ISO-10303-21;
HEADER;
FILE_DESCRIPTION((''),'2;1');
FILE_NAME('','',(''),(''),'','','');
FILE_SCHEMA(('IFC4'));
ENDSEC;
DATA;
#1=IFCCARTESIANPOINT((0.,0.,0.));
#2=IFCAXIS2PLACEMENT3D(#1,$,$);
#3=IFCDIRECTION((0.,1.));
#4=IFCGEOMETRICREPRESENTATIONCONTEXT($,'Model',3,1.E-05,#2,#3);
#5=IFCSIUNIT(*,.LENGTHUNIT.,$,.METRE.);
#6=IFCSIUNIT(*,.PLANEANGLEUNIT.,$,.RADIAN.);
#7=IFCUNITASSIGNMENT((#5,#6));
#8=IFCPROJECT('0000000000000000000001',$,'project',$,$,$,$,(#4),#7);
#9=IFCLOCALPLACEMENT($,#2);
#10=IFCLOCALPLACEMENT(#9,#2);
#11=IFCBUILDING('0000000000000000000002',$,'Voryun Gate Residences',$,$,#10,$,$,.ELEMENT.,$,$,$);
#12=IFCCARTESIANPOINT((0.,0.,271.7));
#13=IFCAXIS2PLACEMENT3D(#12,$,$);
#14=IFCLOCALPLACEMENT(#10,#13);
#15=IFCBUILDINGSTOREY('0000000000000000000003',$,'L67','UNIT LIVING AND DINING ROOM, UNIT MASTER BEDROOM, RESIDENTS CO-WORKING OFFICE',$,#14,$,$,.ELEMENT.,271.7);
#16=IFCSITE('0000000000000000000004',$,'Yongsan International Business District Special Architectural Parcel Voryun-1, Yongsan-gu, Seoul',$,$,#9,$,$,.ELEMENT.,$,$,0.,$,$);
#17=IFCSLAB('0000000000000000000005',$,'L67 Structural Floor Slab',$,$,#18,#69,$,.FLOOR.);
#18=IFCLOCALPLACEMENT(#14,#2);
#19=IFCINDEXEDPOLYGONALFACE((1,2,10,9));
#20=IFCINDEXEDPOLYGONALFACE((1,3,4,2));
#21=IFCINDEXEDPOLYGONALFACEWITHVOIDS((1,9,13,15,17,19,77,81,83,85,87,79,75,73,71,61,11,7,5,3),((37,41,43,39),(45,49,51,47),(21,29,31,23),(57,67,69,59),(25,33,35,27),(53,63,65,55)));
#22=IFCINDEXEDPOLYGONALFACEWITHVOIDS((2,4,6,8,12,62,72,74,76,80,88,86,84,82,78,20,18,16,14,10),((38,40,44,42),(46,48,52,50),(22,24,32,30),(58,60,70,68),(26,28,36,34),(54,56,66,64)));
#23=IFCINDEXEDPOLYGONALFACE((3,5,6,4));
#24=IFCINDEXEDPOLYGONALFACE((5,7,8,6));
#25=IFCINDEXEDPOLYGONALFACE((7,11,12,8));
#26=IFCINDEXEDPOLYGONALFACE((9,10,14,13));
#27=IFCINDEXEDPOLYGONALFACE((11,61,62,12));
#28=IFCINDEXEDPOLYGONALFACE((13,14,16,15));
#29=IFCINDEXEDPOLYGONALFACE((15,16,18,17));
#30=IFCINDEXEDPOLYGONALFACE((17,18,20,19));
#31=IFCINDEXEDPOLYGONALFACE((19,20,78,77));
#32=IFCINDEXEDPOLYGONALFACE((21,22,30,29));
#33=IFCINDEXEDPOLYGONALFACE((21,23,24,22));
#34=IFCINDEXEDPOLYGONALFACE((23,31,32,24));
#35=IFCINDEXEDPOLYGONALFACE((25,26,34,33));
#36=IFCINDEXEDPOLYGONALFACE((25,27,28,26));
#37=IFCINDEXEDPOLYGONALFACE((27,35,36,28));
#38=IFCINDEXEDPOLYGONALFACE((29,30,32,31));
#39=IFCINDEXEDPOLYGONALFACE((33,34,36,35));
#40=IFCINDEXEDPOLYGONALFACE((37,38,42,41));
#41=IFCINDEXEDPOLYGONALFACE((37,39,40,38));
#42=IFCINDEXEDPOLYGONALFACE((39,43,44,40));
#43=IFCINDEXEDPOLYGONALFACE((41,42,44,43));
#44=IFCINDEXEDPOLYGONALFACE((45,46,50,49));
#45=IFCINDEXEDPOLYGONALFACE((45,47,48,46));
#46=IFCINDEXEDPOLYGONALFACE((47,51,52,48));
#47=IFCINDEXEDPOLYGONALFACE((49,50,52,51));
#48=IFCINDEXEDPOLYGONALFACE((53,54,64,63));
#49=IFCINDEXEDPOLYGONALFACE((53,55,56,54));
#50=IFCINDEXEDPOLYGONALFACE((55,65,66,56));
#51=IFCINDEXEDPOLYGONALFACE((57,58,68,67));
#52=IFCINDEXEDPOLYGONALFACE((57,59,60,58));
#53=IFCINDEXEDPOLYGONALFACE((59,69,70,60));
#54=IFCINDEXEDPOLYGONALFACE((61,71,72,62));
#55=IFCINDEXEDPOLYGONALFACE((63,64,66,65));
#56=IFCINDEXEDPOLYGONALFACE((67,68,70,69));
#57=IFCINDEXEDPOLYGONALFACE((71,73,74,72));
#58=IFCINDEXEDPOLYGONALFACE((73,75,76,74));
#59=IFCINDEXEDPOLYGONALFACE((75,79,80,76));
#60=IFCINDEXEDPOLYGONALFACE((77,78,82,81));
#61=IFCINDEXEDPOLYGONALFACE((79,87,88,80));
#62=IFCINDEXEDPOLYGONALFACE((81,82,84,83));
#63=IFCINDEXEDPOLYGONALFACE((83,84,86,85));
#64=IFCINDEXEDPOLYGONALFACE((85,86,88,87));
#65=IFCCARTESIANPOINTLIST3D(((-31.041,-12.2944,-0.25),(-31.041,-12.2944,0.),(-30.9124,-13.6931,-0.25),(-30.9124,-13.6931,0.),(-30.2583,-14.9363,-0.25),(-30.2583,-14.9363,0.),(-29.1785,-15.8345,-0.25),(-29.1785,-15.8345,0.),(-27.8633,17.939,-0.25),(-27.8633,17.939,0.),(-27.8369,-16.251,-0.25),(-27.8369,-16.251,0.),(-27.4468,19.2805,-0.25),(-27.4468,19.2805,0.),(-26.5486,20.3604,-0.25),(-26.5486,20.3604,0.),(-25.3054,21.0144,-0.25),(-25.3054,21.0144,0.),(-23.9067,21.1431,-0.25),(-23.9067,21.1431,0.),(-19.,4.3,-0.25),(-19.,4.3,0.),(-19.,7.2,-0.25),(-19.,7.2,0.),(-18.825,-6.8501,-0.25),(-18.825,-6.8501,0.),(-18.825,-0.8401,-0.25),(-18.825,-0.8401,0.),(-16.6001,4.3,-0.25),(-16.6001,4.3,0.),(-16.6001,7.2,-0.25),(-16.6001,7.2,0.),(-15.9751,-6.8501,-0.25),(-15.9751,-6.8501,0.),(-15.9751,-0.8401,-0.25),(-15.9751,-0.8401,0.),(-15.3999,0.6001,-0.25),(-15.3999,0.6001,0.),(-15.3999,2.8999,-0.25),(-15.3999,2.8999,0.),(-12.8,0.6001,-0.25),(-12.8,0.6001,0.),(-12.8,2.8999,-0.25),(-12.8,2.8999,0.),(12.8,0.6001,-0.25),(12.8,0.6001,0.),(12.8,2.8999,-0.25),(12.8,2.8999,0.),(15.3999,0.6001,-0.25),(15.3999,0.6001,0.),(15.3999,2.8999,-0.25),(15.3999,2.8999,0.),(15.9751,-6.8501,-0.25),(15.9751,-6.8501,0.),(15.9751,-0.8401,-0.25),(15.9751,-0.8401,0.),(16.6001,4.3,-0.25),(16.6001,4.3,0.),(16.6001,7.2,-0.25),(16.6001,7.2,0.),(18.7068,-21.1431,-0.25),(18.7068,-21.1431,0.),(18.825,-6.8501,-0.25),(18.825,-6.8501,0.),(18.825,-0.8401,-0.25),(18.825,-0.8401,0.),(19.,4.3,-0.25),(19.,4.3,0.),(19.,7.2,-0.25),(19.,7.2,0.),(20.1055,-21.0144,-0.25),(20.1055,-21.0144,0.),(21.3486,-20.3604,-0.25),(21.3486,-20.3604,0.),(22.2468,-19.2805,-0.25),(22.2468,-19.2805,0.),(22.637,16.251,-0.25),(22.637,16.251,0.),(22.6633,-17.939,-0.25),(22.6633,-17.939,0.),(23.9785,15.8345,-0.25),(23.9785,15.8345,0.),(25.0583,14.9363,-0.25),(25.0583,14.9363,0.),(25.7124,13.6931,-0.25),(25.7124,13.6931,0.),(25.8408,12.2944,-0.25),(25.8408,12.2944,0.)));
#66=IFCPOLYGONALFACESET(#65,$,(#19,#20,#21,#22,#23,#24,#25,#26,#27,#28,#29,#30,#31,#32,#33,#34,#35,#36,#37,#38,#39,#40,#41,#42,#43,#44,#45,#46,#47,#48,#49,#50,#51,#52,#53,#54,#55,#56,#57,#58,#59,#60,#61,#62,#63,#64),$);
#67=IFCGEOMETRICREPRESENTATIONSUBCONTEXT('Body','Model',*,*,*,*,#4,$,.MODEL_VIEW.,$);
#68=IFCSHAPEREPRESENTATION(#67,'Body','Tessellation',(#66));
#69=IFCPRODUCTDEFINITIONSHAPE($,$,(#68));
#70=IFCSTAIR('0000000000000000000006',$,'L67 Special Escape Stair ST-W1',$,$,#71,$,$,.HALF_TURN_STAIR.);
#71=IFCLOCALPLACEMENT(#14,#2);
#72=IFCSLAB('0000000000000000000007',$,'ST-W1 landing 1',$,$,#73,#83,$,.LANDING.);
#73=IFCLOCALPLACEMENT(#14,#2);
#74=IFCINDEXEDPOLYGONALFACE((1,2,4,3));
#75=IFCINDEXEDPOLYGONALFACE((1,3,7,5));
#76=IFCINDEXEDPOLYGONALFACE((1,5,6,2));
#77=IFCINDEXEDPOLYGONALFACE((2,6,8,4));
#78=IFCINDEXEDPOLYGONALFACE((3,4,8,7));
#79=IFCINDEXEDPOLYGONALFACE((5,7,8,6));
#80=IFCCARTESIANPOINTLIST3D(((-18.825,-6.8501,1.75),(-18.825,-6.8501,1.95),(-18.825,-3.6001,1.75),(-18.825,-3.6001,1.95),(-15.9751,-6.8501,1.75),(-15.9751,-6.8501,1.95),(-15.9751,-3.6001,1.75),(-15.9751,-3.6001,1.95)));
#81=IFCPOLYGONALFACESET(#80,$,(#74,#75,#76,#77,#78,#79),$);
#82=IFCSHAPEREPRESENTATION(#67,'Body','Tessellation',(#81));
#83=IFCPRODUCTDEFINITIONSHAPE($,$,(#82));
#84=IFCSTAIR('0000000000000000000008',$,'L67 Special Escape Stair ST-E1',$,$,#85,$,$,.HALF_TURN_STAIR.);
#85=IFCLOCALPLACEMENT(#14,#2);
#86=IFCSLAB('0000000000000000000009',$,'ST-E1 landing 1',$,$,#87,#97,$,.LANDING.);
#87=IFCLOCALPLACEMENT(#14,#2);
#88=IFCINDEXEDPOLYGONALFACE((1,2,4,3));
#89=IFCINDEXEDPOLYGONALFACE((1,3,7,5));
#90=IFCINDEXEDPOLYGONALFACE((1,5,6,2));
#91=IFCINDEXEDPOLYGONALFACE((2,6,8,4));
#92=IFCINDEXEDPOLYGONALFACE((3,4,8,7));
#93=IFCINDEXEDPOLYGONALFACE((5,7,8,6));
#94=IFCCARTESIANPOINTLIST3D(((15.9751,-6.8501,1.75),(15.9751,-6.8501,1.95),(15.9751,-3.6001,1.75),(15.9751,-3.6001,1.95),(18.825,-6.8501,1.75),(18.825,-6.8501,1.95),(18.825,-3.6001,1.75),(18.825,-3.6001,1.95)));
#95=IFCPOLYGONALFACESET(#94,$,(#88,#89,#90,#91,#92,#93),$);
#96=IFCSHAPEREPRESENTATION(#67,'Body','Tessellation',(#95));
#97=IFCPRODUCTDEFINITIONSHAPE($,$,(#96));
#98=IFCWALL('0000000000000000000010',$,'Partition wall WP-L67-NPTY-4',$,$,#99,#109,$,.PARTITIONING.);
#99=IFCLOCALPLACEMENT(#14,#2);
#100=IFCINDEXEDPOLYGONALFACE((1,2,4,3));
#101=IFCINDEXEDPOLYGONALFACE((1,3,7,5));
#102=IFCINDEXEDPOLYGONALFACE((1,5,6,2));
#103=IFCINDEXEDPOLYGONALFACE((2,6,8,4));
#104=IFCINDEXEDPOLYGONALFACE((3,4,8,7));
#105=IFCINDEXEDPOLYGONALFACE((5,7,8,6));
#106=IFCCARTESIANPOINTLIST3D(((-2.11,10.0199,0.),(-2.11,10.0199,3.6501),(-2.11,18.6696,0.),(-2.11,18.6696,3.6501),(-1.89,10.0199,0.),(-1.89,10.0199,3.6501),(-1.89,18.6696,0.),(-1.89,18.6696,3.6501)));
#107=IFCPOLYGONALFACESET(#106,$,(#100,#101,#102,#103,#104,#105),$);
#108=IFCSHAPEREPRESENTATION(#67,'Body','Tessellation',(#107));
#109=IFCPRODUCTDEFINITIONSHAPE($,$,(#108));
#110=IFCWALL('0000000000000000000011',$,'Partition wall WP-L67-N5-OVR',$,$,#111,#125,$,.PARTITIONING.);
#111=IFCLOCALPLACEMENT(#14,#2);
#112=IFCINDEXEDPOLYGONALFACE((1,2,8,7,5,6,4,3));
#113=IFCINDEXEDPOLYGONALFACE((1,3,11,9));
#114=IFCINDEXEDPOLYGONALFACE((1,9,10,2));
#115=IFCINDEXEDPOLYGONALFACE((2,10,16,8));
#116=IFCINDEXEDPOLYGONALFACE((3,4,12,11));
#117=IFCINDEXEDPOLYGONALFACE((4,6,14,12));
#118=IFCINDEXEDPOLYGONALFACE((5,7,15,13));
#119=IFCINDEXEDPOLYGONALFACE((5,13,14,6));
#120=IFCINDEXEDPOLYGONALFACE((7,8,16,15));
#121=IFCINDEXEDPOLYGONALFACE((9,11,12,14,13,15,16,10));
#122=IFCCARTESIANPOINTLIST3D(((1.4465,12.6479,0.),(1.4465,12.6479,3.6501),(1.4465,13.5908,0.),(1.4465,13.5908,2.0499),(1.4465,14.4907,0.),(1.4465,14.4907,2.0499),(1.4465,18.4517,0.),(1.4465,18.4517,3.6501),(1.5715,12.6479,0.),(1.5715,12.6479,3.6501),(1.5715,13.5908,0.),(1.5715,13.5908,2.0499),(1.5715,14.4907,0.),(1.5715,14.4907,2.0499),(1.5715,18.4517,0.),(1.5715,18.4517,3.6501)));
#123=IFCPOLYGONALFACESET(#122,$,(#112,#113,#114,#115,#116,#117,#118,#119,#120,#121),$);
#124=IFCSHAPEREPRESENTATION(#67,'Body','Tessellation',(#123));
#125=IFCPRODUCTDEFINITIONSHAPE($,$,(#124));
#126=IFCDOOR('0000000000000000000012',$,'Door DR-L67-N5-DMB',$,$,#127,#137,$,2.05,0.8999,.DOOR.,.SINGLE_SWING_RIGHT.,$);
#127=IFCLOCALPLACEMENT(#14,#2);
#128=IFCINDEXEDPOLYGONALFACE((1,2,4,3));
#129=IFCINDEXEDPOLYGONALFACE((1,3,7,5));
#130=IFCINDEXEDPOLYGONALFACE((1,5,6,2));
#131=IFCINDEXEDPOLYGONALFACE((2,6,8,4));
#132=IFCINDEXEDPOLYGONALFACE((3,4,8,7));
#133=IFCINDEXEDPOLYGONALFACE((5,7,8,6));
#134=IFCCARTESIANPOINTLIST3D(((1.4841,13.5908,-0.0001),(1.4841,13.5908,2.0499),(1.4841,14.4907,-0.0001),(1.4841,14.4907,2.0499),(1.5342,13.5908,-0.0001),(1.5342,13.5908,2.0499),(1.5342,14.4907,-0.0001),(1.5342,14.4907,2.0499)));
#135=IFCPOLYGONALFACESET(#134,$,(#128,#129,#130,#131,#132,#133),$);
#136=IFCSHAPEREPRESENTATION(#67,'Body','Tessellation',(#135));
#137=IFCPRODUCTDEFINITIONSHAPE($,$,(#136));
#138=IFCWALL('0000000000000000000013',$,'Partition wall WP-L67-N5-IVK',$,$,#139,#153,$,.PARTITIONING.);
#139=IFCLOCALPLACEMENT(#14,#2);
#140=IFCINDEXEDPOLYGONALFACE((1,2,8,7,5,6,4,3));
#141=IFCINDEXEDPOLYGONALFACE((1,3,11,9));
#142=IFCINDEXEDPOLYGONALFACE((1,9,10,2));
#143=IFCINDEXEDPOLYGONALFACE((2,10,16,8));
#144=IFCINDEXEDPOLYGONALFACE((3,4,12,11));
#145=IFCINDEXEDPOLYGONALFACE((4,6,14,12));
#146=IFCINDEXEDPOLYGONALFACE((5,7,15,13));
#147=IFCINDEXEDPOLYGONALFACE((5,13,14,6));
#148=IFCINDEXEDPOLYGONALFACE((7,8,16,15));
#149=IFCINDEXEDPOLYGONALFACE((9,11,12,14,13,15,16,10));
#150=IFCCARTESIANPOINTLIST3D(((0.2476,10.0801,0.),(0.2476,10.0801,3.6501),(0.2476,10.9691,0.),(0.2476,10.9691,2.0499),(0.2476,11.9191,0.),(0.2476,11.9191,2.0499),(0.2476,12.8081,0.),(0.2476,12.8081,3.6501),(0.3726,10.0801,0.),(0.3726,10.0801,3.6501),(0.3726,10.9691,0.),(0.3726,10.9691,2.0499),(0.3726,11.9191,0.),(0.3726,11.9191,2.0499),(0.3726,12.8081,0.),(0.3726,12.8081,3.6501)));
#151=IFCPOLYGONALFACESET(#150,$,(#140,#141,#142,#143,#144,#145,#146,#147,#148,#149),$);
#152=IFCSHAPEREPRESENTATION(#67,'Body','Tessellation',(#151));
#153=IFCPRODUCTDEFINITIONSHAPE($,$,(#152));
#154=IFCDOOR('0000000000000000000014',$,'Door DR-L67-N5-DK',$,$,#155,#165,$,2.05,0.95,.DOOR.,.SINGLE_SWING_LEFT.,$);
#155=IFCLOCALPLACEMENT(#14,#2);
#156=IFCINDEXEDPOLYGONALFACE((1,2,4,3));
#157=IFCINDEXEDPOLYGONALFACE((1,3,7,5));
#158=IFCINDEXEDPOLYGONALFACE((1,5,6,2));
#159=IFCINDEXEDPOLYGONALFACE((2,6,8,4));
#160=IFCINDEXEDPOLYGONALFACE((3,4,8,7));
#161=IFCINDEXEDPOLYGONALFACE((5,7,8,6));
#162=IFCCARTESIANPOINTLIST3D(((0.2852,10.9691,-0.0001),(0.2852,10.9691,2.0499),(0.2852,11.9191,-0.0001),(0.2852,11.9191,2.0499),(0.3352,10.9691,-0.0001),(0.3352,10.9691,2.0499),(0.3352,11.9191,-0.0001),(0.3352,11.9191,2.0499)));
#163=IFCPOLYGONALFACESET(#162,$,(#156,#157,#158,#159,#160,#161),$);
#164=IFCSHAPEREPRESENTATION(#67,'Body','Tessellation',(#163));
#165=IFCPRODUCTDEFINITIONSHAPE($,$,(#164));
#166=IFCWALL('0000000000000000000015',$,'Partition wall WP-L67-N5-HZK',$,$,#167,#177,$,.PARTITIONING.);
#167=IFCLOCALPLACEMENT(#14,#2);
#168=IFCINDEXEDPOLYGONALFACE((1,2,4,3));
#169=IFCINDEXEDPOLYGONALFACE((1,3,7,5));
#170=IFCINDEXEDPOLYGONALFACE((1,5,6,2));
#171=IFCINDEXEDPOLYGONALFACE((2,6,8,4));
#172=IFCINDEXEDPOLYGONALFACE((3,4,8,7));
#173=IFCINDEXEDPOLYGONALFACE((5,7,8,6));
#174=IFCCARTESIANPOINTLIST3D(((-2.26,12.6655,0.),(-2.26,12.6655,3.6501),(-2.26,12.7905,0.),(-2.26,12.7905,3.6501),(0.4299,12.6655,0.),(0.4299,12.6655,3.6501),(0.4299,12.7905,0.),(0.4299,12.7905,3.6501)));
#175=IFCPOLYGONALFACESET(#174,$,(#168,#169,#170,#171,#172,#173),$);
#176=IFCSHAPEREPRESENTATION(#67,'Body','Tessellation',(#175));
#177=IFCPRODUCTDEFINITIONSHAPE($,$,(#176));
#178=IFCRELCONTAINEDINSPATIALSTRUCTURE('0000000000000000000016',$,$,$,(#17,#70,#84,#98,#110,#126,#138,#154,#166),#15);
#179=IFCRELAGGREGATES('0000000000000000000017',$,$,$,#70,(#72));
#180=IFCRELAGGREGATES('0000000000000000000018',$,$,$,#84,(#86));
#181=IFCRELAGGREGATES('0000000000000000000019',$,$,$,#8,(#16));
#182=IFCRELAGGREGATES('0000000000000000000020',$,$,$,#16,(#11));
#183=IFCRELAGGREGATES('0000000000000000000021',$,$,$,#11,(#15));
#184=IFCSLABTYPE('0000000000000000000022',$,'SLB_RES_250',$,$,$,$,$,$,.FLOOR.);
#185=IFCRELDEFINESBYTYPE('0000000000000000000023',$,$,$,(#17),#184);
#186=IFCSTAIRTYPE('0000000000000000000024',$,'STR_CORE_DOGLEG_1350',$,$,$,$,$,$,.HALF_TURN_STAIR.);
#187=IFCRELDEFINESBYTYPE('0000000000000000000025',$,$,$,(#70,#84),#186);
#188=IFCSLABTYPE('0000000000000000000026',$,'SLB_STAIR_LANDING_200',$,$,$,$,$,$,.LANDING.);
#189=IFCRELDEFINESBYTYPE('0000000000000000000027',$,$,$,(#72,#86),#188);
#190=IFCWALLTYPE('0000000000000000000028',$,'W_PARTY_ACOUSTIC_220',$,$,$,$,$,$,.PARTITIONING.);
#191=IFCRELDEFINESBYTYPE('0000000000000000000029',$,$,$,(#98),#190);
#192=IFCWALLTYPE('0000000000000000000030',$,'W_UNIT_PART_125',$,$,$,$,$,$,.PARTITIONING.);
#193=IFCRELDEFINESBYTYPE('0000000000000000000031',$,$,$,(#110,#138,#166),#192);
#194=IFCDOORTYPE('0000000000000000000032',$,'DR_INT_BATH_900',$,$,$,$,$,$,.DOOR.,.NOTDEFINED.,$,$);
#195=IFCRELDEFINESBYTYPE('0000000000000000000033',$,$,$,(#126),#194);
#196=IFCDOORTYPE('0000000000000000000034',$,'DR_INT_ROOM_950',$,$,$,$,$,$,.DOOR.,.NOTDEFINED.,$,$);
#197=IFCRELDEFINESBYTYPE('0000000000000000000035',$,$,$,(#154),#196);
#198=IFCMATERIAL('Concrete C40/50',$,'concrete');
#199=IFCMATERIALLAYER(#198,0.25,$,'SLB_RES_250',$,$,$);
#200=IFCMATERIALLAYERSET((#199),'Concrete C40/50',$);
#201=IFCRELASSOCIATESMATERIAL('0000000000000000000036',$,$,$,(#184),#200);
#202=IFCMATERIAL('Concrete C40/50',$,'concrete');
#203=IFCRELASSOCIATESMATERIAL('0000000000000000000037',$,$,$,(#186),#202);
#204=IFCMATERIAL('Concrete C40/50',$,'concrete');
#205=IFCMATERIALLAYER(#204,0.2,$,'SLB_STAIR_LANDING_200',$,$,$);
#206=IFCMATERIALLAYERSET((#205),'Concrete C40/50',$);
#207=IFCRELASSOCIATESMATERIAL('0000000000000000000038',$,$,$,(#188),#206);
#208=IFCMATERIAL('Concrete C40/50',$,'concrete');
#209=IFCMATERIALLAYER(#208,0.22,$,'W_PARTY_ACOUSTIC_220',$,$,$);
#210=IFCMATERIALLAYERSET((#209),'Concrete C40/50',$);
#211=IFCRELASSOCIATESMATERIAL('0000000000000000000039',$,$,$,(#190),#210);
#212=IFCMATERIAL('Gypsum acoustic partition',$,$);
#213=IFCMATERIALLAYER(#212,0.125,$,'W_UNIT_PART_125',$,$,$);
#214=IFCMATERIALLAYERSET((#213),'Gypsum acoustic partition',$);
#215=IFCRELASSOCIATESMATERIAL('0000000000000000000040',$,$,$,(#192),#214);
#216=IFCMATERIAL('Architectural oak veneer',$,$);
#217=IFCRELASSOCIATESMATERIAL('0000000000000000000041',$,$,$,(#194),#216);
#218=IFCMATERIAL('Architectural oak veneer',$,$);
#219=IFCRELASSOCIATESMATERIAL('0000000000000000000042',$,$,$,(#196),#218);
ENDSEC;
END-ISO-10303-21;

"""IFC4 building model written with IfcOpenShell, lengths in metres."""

from ifc_helpers import new_model, si_unit, direction, frame, frame_2d, origin, place, context, subcontext, project, spatial, polyline, rectangle, outline, extrude, material, layer, layer_set, type_object, element, fill, aggregate, save


model = new_model("IFC4")

# Units and contexts
model_context = context("Model", 3, precision=1e-05, world=origin(), true_north=direction((0.0, 1.0)))
body_context = subcontext(model_context, "Body", "Model", "MODEL_VIEW")
ifc_project = project(units=[si_unit("LENGTHUNIT", "METRE"), si_unit("PLANEANGLEUNIT", "RADIAN")], contexts=[model_context])

# Site, building, storey
site_placement = place(None, origin())
site = spatial("IfcSite", under=ifc_project, at=site_placement, Name="Yongsan International Business District Special Architectural Parcel Voryun-1, Yongsan-gu, Seoul", CompositionType="ELEMENT", RefElevation=0.0)
building_placement = place(site_placement, origin())
building = spatial("IfcBuilding", under=site, at=building_placement, Name="Voryun Gate Residences", CompositionType="ELEMENT")
storey_placement = place(building_placement, frame((0.0, 0.0, 271.7)))
storey = spatial("IfcBuildingStorey", under=building, at=storey_placement, Name="L67", Description="UNIT LIVING AND DINING ROOM, UNIT MASTER BEDROOM, RESIDENTS CO-WORKING OFFICE", CompositionType="ELEMENT", Elevation=271.7)

# Slab
ifc_material_1 = material(Name="Concrete C40/50", Category="concrete")
ifc_layer_1 = layer(ifc_material_1, 0.25, Name="SLB_RES_250")
ifc_layer_set_1 = layer_set([ifc_layer_1], Name="Concrete C40/50")
slab_type_1 = type_object("IfcSlabType", Name="SLB_RES_250", PredefinedType="FLOOR", material=ifc_layer_set_1)
slab_1_placement = place(storey_placement, frame((0.0, 0.0, -0.25)))
element("IfcSlab", 1, at=slab_1_placement, inside=storey, type_object=slab_type_1, Name="L67 Structural Floor Slab", PredefinedType="FLOOR", context=body_context, shape_type="SweptSolid", body=[
    extrude(outline(polyline([(-27.8369, -16.251), (-29.1785, -15.8345), (-30.2583, -14.9363), (-30.9124, -13.6931), (-31.041, -12.2944), (-27.8633, 17.939), (-27.4468, 19.2805), (-26.5486, 20.3604), (-25.3054, 21.0144), (-23.9067, 21.1431), (22.637, 16.251), (23.9785, 15.8345), (25.0583, 14.9363), (25.7124, 13.6931), (25.8408, 12.2944), (22.6633, -17.939), (22.2468, -19.2805), (21.3486, -20.3604), (20.1055, -21.0144), (18.7068, -21.1431), (-27.8369, -16.251)]), holes=[polyline([(-15.9751, -0.8401), (-18.825, -0.8401), (-18.825, -6.8501), (-15.9751, -6.8501), (-15.9751, -0.8401)]), polyline([(18.825, -6.8501), (18.825, -0.8401), (15.9751, -0.8401), (15.9751, -6.8501), (18.825, -6.8501)]), polyline([(-12.8, 2.8999), (-15.3999, 2.8999), (-15.3999, 0.6001), (-12.8, 0.6001), (-12.8, 2.8999)]), polyline([(12.8, 2.8999), (12.8, 0.6001), (15.3999, 0.6001), (15.3999, 2.8999), (12.8, 2.8999)]), polyline([(-16.6001, 7.2), (-19.0, 7.2), (-19.0, 4.3), (-16.6001, 4.3), (-16.6001, 7.2)]), polyline([(19.0, 7.2), (16.6001, 7.2), (16.6001, 4.3), (19.0, 4.3), (19.0, 7.2)])]), origin(), (0.0, 0.0, 1.0), 0.25),
])

# Stairs, slabs
ifc_material_2 = material(Name="Concrete C40/50", Category="concrete")
stair_type = type_object("IfcStairType", Name="STR_CORE_DOGLEG_1350", PredefinedType="HALF_TURN_STAIR", material=ifc_material_2)
stair_1_placement = place(storey_placement, origin())
stair_1 = element("IfcStair", 2, at=stair_1_placement, inside=storey, type_object=stair_type, Name="L67 Special Escape Stair ST-W1", PredefinedType="HALF_TURN_STAIR")
ifc_material_3 = material(Name="Concrete C40/50", Category="concrete")
ifc_layer_2 = layer(ifc_material_3, 0.2, Name="SLB_STAIR_LANDING_200")
ifc_layer_set_2 = layer_set([ifc_layer_2], Name="Concrete C40/50")
slab_type_2 = type_object("IfcSlabType", Name="SLB_STAIR_LANDING_200", PredefinedType="LANDING", material=ifc_layer_set_2)
slab_2_placement = place(storey_placement, frame((0.0, 0.0, 1.75)))
slab_2 = element("IfcSlab", 3, at=slab_2_placement, type_object=slab_type_2, Name="ST-W1 landing 1", PredefinedType="LANDING", context=body_context, shape_type="SweptSolid", body=[
    extrude(outline(polyline([(-18.825, -3.6001), (-18.825, -6.8501), (-15.9751, -6.8501), (-15.9751, -3.6001), (-18.825, -3.6001)])), origin(), (0.0, 0.0, 1.0), 0.2),
])
aggregate(stair_1, [slab_2])
stair_2_placement = place(storey_placement, origin())
stair_2 = element("IfcStair", 4, at=stair_2_placement, inside=storey, type_object=stair_type, Name="L67 Special Escape Stair ST-E1", PredefinedType="HALF_TURN_STAIR")
slab_3_placement = place(storey_placement, frame((0.0, 0.0, 1.75)))
slab_3 = element("IfcSlab", 5, at=slab_3_placement, type_object=slab_type_2, Name="ST-E1 landing 1", PredefinedType="LANDING", context=body_context, shape_type="SweptSolid", body=[
    extrude(outline(polyline([(15.9751, -3.6001), (15.9751, -6.8501), (18.825, -6.8501), (18.825, -3.6001), (15.9751, -3.6001)])), origin(), (0.0, 0.0, 1.0), 0.2),
])
aggregate(stair_2, [slab_3])

# Wall
ifc_material_4 = material(Name="Concrete C40/50", Category="concrete")
ifc_layer_3 = layer(ifc_material_4, 0.22, Name="W_PARTY_ACOUSTIC_220")
ifc_layer_set_3 = layer_set([ifc_layer_3], Name="Concrete C40/50")
wall_type_1 = type_object("IfcWallType", Name="W_PARTY_ACOUSTIC_220", PredefinedType="PARTITIONING", material=ifc_layer_set_3)
wall_1_placement = place(storey_placement, frame((-2.0, 10.02, 0.0), z_axis=(0.0, 0.0, 1.0), x_axis=(0.0, 1.0, 0.0)))
element("IfcWall", 6, at=wall_1_placement, inside=storey, type_object=wall_type_1, Name="Partition wall WP-L67-NPTY-4", PredefinedType="PARTITIONING", context=body_context, shape_type="SweptSolid", body=[
    extrude(rectangle(XDim=8.6497, YDim=0.22, at=frame_2d((4.3247, 0.0))), origin(), (0.0, 0.0, 1.0), 3.6501),
])

# Walls, openings, doors
ifc_material_5 = material(Name="Gypsum acoustic partition")
ifc_layer_4 = layer(ifc_material_5, 0.125, Name="W_UNIT_PART_125")
ifc_layer_set_4 = layer_set([ifc_layer_4], Name="Gypsum acoustic partition")
wall_type_2 = type_object("IfcWallType", Name="W_UNIT_PART_125", PredefinedType="PARTITIONING", material=ifc_layer_set_4)
wall_2_placement = place(storey_placement, frame((1.509, 12.6479, 0.0), z_axis=(0.0, 0.0, 1.0), x_axis=(0.0, 1.0, 0.0)))
wall_2 = element("IfcWall", 7, at=wall_2_placement, inside=storey, type_object=wall_type_2, Name="Partition wall WP-L67-N5-OVR", PredefinedType="PARTITIONING", context=body_context, shape_type="SweptSolid", body=[
    extrude(rectangle(XDim=5.8037, YDim=0.125, at=frame_2d((2.9019, 0.0))), origin(), (0.0, 0.0, 1.0), 3.6501),
])
opening_1_placement = place(wall_2_placement, frame((0.9429, 0.0, 0.0)))
opening_1 = element("IfcOpeningElement", 8, at=opening_1_placement, cuts=wall_2, PredefinedType="OPENING", context=body_context, shape_type="SweptSolid", body=[
    extrude(rectangle(XDim=0.8999, YDim=2.05, at=frame_2d((0.45, 1.0249))), frame((0.0, 0.0725, 0.0), z_axis=(0.0, -1.0, 0.0), x_axis=(1.0, 0.0, 0.0)), (0.0, 0.0, 1.0), 0.145),
])
ifc_material_6 = material(Name="Architectural oak veneer")
door_type_1 = type_object("IfcDoorType", Name="DR_INT_BATH_900", OperationType="NOTDEFINED", PredefinedType="DOOR", material=ifc_material_6)
door_1_placement = place(opening_1_placement, origin())
door_1 = element("IfcDoor", 9, at=door_1_placement, inside=storey, type_object=door_type_1, Name="Door DR-L67-N5-DMB", OperationType="SINGLE_SWING_RIGHT", OverallHeight=2.05, OverallWidth=0.8999, PredefinedType="DOOR", context=body_context, shape_type="SweptSolid", body=[
    extrude(rectangle(XDim=0.8999, YDim=2.05, at=frame_2d((0.45, 1.0249))), frame((0.0, 0.0249, 0.0), z_axis=(0.0, -1.0, 0.0), x_axis=(1.0, 0.0, 0.0)), (0.0, 0.0, 1.0), 0.05),
])
fill(opening_1, door_1)
wall_3_placement = place(storey_placement, frame((0.3101, 10.0801, 0.0), z_axis=(0.0, 0.0, 1.0), x_axis=(0.0, 1.0, 0.0)))
wall_3 = element("IfcWall", 10, at=wall_3_placement, inside=storey, type_object=wall_type_2, Name="Partition wall WP-L67-N5-IVK", PredefinedType="PARTITIONING", context=body_context, shape_type="SweptSolid", body=[
    extrude(rectangle(XDim=2.728, YDim=0.125, at=frame_2d((1.364, 0.0))), origin(), (0.0, 0.0, 1.0), 3.6501),
])
opening_2_placement = place(wall_3_placement, frame((0.8889, 0.0, 0.0)))
opening_2 = element("IfcOpeningElement", 11, at=opening_2_placement, cuts=wall_3, PredefinedType="OPENING", context=body_context, shape_type="SweptSolid", body=[
    extrude(rectangle(XDim=0.95, YDim=2.05, at=frame_2d((0.4751, 1.0249))), frame((0.0, 0.0725, 0.0), z_axis=(0.0, -1.0, 0.0), x_axis=(1.0, 0.0, 0.0)), (0.0, 0.0, 1.0), 0.145),
])
ifc_material_7 = material(Name="Architectural oak veneer")
door_type_2 = type_object("IfcDoorType", Name="DR_INT_ROOM_950", OperationType="NOTDEFINED", PredefinedType="DOOR", material=ifc_material_7)
door_2_placement = place(opening_2_placement, origin())
door_2 = element("IfcDoor", 12, at=door_2_placement, inside=storey, type_object=door_type_2, Name="Door DR-L67-N5-DK", OperationType="SINGLE_SWING_LEFT", OverallHeight=2.05, OverallWidth=0.95, PredefinedType="DOOR", context=body_context, shape_type="SweptSolid", body=[
    extrude(rectangle(XDim=0.95, YDim=2.05, at=frame_2d((0.4751, 1.0249))), frame((0.0, 0.0249, 0.0), z_axis=(0.0, -1.0, 0.0), x_axis=(1.0, 0.0, 0.0)), (0.0, 0.0, 1.0), 0.05),
])
fill(opening_2, door_2)

# Wall
wall_4_placement = place(storey_placement, frame((-2.26, 12.728, 0.0), z_axis=(0.0, 0.0, 1.0), x_axis=(1.0, 0.0, 0.0)))
element("IfcWall", 13, at=wall_4_placement, inside=storey, type_object=wall_type_2, Name="Partition wall WP-L67-N5-HZK", PredefinedType="PARTITIONING", context=body_context, shape_type="SweptSolid", body=[
    extrude(rectangle(XDim=2.6899, YDim=0.125, at=frame_2d((1.345, 0.0))), origin(), (0.0, 0.0, 1.0), 3.6501),
])

save(model, "model.ifc")
